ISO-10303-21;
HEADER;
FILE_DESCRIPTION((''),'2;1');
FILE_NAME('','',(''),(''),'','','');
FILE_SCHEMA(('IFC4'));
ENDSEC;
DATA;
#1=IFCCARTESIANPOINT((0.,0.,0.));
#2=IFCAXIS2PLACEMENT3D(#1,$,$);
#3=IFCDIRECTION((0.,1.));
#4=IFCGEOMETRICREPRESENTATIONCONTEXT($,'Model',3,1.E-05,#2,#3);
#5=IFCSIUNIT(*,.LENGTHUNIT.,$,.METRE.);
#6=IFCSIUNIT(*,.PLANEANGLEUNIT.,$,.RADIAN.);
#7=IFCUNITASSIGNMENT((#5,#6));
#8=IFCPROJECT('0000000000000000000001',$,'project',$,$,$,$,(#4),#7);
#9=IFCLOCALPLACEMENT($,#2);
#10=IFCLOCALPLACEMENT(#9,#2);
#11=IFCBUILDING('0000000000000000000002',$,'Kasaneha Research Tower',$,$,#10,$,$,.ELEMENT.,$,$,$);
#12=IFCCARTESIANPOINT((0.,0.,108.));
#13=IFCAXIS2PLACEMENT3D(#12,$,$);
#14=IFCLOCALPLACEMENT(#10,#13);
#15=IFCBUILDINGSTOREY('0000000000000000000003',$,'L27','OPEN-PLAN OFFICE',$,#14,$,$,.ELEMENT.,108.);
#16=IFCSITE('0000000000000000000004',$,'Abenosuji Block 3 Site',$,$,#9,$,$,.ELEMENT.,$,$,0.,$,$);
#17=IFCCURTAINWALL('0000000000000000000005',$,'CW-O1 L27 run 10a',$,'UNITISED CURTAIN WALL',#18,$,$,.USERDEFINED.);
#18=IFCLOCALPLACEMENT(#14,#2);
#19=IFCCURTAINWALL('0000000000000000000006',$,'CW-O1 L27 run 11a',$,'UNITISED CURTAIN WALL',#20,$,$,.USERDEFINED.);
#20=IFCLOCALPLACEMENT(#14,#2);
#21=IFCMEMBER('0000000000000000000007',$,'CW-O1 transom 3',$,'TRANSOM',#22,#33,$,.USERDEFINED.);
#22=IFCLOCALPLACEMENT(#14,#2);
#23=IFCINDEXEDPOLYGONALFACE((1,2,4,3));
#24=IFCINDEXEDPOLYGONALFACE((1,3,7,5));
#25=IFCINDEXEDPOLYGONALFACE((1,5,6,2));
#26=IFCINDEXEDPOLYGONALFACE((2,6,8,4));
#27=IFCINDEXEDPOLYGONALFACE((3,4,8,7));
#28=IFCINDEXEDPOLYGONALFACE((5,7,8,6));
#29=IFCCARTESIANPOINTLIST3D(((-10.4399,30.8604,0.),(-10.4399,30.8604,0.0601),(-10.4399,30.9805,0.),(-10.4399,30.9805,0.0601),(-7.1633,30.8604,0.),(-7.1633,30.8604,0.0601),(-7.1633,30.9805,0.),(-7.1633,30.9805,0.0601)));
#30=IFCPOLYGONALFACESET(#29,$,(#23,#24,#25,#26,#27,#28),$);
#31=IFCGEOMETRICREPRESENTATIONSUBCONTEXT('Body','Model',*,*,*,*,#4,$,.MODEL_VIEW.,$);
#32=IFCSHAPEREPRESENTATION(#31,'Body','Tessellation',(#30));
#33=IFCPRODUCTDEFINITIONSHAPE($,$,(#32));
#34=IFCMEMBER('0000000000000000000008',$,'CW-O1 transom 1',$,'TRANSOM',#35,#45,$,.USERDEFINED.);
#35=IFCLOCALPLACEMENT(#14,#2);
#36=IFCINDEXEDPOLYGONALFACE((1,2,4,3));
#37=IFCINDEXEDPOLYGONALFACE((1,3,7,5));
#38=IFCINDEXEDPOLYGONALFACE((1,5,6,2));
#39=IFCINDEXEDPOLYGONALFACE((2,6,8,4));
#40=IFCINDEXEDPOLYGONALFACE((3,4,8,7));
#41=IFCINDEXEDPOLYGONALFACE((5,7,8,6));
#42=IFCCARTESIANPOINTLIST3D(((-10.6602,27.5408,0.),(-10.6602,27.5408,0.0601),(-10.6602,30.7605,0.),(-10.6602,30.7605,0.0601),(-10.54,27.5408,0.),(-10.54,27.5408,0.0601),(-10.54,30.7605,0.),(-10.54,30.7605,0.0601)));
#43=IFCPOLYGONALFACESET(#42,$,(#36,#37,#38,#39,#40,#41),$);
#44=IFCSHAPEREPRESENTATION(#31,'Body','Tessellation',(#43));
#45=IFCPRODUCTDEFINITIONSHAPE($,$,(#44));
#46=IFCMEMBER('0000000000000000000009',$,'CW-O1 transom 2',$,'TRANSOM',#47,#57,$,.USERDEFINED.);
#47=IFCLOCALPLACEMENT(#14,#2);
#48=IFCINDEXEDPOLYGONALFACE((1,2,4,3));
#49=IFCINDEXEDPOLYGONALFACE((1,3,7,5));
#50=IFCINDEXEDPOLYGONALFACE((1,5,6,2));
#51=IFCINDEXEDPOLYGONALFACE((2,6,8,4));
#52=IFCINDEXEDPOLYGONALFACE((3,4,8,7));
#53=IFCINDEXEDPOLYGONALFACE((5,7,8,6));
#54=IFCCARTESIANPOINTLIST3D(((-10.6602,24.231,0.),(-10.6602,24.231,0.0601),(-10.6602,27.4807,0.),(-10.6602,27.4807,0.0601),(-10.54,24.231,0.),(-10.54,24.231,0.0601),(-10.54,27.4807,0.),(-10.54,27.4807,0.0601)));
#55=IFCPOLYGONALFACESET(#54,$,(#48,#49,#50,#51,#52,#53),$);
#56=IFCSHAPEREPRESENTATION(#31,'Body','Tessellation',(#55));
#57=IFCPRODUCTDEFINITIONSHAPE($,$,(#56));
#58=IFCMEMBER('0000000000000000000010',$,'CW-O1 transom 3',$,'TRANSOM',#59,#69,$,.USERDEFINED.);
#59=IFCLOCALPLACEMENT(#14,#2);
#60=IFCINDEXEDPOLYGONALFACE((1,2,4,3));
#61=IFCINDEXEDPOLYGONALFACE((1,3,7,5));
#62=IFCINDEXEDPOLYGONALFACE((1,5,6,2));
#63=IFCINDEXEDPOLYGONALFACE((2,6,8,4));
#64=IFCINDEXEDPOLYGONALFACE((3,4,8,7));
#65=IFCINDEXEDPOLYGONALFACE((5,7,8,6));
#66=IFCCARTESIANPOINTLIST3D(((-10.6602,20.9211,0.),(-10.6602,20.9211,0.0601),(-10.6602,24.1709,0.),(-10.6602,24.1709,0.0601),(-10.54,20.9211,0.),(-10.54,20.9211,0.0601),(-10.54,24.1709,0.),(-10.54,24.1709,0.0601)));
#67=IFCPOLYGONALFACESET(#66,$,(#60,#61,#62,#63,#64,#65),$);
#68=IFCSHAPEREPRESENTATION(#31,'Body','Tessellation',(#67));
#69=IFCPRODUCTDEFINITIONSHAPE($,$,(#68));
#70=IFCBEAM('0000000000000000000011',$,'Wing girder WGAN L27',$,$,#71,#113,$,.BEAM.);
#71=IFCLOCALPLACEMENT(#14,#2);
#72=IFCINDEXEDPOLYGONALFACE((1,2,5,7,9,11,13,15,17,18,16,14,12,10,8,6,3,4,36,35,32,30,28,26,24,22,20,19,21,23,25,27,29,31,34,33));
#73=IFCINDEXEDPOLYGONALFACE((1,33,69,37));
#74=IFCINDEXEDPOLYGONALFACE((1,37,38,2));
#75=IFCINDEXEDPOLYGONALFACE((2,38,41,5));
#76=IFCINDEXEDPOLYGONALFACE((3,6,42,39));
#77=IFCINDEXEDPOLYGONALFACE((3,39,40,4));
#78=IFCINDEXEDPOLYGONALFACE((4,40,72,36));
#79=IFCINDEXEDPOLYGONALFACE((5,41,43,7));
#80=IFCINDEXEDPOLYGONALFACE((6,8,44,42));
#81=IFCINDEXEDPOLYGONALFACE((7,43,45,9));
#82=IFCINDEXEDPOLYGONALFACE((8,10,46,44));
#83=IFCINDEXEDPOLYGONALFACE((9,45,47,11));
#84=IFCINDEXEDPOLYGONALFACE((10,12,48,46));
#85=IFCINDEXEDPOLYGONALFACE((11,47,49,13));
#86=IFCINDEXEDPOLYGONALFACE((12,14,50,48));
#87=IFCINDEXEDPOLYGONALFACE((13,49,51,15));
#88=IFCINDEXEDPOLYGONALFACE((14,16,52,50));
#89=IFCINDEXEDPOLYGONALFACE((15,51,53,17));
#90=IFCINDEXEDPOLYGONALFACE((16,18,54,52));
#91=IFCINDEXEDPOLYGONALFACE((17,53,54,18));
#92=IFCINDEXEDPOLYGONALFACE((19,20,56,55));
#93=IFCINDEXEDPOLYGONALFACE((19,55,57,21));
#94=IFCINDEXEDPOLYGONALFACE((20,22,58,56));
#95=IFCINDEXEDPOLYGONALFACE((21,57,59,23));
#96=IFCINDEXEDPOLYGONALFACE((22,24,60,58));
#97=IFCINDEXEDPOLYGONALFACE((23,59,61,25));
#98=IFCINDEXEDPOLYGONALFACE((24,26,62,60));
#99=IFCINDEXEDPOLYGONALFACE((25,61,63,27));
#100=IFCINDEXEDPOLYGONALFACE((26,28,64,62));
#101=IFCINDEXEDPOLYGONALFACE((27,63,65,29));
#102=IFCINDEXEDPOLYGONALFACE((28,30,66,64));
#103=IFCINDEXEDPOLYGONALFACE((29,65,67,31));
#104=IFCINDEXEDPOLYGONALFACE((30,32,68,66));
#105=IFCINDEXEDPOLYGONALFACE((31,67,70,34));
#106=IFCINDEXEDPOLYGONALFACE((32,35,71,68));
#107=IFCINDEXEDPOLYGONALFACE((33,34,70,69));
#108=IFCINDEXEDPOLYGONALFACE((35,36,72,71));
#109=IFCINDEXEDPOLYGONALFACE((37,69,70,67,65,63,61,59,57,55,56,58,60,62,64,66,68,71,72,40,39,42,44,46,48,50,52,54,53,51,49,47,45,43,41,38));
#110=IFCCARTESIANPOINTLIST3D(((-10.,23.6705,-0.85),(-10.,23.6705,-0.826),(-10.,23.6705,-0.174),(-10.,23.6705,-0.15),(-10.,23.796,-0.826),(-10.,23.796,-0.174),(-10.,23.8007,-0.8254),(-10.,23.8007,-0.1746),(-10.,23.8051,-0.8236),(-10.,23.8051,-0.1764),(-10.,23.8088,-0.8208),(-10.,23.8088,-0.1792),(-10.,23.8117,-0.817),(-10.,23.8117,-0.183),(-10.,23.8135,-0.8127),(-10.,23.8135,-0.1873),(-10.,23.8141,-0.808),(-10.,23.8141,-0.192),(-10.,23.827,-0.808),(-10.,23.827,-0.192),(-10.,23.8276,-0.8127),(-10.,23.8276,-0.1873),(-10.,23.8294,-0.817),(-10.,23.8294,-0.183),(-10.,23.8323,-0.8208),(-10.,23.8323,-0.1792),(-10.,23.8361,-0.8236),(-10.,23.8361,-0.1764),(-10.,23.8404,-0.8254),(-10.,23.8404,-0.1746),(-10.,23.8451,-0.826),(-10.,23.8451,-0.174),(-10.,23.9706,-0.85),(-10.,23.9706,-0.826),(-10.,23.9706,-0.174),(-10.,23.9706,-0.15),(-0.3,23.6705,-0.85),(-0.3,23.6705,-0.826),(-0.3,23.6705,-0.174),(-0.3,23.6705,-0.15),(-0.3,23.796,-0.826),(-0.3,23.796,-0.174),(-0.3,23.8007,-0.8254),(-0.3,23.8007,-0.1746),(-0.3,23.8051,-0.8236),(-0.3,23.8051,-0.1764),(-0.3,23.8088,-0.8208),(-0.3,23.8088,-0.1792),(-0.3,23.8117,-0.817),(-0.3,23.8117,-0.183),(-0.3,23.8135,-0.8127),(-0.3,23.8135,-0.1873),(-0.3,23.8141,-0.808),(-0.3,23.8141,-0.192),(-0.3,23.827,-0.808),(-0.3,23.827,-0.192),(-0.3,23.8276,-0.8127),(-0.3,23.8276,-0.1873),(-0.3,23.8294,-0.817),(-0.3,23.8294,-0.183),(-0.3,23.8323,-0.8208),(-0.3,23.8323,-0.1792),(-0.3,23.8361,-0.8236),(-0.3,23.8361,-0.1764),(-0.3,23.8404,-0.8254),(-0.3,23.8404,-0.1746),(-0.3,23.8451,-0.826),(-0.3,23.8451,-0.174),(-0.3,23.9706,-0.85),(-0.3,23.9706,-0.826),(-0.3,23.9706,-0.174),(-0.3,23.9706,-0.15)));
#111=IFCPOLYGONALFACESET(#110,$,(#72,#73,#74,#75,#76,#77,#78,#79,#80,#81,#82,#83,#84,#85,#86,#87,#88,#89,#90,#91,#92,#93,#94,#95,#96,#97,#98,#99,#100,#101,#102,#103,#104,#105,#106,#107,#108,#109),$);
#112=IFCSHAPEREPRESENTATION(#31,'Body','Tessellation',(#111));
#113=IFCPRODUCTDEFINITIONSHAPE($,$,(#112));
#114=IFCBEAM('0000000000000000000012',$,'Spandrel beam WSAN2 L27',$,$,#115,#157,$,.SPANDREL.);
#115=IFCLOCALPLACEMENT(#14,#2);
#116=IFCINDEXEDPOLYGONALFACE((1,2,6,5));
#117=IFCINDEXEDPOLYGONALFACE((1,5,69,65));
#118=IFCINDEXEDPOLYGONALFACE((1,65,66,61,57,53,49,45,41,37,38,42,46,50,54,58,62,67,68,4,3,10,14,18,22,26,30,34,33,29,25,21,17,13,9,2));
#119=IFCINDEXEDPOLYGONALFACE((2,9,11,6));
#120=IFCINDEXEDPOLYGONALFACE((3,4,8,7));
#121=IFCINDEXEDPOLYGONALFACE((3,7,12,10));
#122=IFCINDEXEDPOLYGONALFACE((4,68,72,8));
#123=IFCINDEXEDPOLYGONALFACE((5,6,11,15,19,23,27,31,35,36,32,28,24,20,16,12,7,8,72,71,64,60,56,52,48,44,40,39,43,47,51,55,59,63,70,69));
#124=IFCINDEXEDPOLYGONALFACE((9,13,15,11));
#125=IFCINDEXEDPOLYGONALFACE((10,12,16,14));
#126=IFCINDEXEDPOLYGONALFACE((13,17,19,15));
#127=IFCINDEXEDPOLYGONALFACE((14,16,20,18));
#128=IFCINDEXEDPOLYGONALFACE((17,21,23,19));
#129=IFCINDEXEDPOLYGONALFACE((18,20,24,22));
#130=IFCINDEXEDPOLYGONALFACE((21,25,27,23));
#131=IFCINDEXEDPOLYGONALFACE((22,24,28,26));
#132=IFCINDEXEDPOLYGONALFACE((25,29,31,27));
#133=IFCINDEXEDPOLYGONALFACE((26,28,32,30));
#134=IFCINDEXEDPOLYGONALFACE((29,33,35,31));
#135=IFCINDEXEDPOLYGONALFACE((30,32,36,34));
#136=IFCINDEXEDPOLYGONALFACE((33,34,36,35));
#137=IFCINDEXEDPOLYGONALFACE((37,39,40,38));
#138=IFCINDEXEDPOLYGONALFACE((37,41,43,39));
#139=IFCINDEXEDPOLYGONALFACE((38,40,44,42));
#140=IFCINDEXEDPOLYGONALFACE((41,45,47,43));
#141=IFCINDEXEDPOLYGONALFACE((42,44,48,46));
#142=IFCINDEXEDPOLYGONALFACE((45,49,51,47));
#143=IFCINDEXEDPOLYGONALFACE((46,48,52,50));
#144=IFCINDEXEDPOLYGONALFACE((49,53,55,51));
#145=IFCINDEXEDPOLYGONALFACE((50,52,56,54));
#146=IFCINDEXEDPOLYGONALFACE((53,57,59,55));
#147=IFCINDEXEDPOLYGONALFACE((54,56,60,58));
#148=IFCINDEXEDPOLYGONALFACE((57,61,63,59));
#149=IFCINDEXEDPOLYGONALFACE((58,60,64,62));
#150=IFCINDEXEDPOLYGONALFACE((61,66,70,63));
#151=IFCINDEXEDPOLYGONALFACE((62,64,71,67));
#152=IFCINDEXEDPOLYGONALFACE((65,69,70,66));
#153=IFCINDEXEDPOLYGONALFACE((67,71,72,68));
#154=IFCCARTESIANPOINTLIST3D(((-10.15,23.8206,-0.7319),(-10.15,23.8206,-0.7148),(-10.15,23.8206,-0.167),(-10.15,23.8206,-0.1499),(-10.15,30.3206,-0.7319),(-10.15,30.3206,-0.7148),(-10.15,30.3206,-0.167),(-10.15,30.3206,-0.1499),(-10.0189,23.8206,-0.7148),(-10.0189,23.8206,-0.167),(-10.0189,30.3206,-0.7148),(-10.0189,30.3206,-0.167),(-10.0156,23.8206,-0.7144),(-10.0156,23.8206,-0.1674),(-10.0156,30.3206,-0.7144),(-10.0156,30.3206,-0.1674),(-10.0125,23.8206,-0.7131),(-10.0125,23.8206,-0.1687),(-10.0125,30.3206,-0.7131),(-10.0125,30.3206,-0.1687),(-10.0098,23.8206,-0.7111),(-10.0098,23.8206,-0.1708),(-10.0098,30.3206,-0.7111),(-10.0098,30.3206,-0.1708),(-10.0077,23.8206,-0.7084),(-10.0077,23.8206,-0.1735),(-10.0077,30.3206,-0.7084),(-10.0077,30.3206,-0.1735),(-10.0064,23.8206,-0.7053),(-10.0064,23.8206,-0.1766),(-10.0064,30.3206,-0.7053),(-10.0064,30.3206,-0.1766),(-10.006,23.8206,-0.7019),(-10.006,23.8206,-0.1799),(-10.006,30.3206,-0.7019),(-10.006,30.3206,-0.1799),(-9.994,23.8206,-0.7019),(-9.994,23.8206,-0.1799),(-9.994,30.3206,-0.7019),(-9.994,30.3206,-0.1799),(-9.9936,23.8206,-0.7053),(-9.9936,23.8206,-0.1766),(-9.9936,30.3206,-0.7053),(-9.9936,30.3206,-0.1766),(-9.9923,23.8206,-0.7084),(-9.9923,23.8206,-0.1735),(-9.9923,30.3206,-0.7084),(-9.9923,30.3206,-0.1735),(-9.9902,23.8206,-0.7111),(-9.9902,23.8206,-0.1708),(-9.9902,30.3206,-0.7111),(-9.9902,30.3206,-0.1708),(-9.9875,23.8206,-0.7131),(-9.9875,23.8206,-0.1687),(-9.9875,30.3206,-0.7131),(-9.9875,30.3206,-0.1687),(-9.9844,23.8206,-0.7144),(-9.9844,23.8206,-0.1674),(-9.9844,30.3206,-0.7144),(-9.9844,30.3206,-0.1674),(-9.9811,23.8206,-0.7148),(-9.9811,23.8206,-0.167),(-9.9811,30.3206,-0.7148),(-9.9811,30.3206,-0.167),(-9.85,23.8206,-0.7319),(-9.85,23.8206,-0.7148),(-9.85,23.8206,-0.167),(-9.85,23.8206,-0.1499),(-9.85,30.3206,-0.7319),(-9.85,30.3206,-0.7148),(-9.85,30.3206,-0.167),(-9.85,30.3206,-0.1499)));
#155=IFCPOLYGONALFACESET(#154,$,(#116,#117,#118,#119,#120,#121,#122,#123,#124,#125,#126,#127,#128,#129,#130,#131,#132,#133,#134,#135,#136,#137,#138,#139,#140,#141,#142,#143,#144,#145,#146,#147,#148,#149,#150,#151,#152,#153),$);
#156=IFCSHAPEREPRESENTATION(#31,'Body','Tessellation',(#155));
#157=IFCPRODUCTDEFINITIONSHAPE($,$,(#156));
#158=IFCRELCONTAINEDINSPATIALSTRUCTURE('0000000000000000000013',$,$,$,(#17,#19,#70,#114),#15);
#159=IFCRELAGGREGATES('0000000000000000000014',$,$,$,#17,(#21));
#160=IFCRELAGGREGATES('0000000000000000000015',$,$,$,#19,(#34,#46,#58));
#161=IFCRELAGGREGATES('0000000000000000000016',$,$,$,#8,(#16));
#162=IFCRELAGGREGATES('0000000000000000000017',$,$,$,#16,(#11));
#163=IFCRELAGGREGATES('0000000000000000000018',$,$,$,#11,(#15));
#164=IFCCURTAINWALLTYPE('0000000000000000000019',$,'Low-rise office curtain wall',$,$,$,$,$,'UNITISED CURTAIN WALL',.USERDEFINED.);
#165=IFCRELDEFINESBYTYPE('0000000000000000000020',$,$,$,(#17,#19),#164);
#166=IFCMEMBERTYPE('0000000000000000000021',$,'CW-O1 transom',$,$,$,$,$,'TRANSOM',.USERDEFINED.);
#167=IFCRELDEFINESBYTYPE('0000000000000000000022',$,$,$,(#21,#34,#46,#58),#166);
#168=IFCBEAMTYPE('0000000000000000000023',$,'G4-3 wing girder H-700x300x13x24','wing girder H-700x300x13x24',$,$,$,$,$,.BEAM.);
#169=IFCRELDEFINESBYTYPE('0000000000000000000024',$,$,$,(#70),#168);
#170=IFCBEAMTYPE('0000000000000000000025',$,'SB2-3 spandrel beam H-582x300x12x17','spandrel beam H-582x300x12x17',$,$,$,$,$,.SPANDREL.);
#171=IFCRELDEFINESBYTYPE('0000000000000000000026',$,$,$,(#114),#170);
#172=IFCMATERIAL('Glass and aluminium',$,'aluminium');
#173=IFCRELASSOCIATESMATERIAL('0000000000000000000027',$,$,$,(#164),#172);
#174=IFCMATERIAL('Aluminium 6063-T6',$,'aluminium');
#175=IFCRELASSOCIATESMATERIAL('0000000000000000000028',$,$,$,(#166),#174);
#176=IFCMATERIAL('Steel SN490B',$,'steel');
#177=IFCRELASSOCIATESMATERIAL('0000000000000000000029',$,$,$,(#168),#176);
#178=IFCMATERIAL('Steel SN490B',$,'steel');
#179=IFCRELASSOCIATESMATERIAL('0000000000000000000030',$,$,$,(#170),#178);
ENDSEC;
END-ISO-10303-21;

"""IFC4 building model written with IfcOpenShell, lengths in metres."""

from ifc_helpers import new_model, si_unit, direction, frame, origin, origin_2d, place, context, subcontext, project, spatial, rectangle, i_section, extrude, material, material_profile, profile_set, type_object, element, aggregate, save


model = new_model("IFC4")

# Units and contexts
model_context = context("Model", 3, precision=1e-05, world=origin(), true_north=direction((0.0, 1.0)))
body_context = subcontext(model_context, "Body", "Model", "MODEL_VIEW")
ifc_project = project(units=[si_unit("LENGTHUNIT", "METRE"), si_unit("PLANEANGLEUNIT", "RADIAN")], contexts=[model_context])

# Site, building, storey
site_placement = place(None, origin())
site = spatial("IfcSite", under=ifc_project, at=site_placement, Name="Abenosuji Block 3 Site", CompositionType="ELEMENT", RefElevation=0.0)
building_placement = place(site_placement, origin())
building = spatial("IfcBuilding", under=site, at=building_placement, Name="Kasaneha Research Tower", CompositionType="ELEMENT")
storey_placement = place(building_placement, frame((0.0, 0.0, 108.0)))
storey = spatial("IfcBuildingStorey", under=building, at=storey_placement, Name="L27", Description="OPEN-PLAN OFFICE", CompositionType="ELEMENT", Elevation=108.0)

# Curtain walls
ifc_material_1 = material(Name="Glass and aluminium", Category="aluminium")
curtain_wall_type = type_object("IfcCurtainWallType", Name="Low-rise office curtain wall", ElementType="UNITISED CURTAIN WALL", PredefinedType="USERDEFINED", material=ifc_material_1)
curtain_wall_1_placement = place(storey_placement, origin())
curtain_wall_1 = element("IfcCurtainWall", 1, at=curtain_wall_1_placement, inside=storey, type_object=curtain_wall_type, Name="CW-O1 L27 run 10a", ObjectType="UNITISED CURTAIN WALL", PredefinedType="USERDEFINED")
curtain_wall_2_placement = place(storey_placement, origin())
curtain_wall_2 = element("IfcCurtainWall", 2, at=curtain_wall_2_placement, inside=storey, type_object=curtain_wall_type, Name="CW-O1 L27 run 11a", ObjectType="UNITISED CURTAIN WALL", PredefinedType="USERDEFINED")

# Members
ifc_material_2 = material(Name="Aluminium 6063-T6", Category="aluminium")
ifc_material_profile_1 = material_profile(ifc_material_2, rectangle(XDim=0.1201, YDim=0.0601, at=origin_2d()), Name="CW-O1 transom 120x60")
ifc_profile_set_1 = profile_set([ifc_material_profile_1], Name="Aluminium 6063-T6")
member_type_1 = type_object("IfcMemberType", Name="CW-O1 transom", ElementType="TRANSOM", PredefinedType="USERDEFINED", material=ifc_profile_set_1)
member_1_placement = place(storey_placement, frame((-7.1633, 30.9204, 0.03), z_axis=(-1.0, 0.0, 0.0), x_axis=(0.0, -1.0, 0.0)))
member_1 = element("IfcMember", 3, at=member_1_placement, type_object=member_type_1, Name="CW-O1 transom 3", ObjectType="TRANSOM", PredefinedType="USERDEFINED", context=body_context, shape_type="SweptSolid", body=[
    extrude(rectangle(XDim=0.1201, YDim=0.0601, at=origin_2d()), origin(), (0.0, 0.0, 1.0), 3.2766),
])
member_2_placement = place(storey_placement, frame((-10.6001, 30.7605, 0.03), z_axis=(0.0, -1.0, 0.0), x_axis=(1.0, 0.0, 0.0)))
member_2 = element("IfcMember", 4, at=member_2_placement, type_object=member_type_1, Name="CW-O1 transom 1", ObjectType="TRANSOM", PredefinedType="USERDEFINED", context=body_context, shape_type="SweptSolid", body=[
    extrude(rectangle(XDim=0.1201, YDim=0.0601, at=origin_2d()), origin(), (0.0, 0.0, 1.0), 3.2197),
])
member_3_placement = place(storey_placement, frame((-10.6001, 27.4807, 0.03), z_axis=(0.0, -1.0, 0.0), x_axis=(1.0, 0.0, 0.0)))
member_3 = element("IfcMember", 5, at=member_3_placement, type_object=member_type_1, Name="CW-O1 transom 2", ObjectType="TRANSOM", PredefinedType="USERDEFINED", context=body_context, shape_type="SweptSolid", body=[
    extrude(rectangle(XDim=0.1201, YDim=0.0601, at=origin_2d()), origin(), (0.0, 0.0, 1.0), 3.2498),
])
member_4_placement = place(storey_placement, frame((-10.6001, 24.1709, 0.03), z_axis=(0.0, -1.0, 0.0), x_axis=(1.0, 0.0, 0.0)))
member_4 = element("IfcMember", 6, at=member_4_placement, type_object=member_type_1, Name="CW-O1 transom 3", ObjectType="TRANSOM", PredefinedType="USERDEFINED", context=body_context, shape_type="SweptSolid", body=[
    extrude(rectangle(XDim=0.1201, YDim=0.0601, at=origin_2d()), origin(), (0.0, 0.0, 1.0), 3.2498),
])

# Beams
ifc_material_3 = material(Name="Steel SN490B", Category="steel")
ifc_material_profile_2 = material_profile(ifc_material_3, i_section(OverallWidth=0.3, OverallDepth=0.7, WebThickness=0.0129, FlangeThickness=0.0239, FilletRadius=0.0181, at=origin_2d()), Name="H-700x300x13x24")
ifc_profile_set_2 = profile_set([ifc_material_profile_2], Name="Steel SN490B")
beam_type_1 = type_object("IfcBeamType", Name="G4-3 wing girder H-700x300x13x24", Description="wing girder H-700x300x13x24", PredefinedType="BEAM", material=ifc_profile_set_2)
beam_1_placement = place(storey_placement, frame((-10.0, 23.8206, -0.5), z_axis=(1.0, 0.0, 0.0), x_axis=(0.0, 1.0, 0.0)))
element("IfcBeam", 7, at=beam_1_placement, inside=storey, type_object=beam_type_1, Name="Wing girder WGAN L27", PredefinedType="BEAM", context=body_context, shape_type="SweptSolid", body=[
    extrude(i_section(OverallWidth=0.3, OverallDepth=0.7, WebThickness=0.0129, FlangeThickness=0.0239, FilletRadius=0.0181, at=origin_2d()), origin(), (0.0, 0.0, 1.0), 9.7),
])
ifc_material_4 = material(Name="Steel SN490B", Category="steel")
ifc_material_profile_3 = material_profile(ifc_material_4, i_section(OverallWidth=0.3, OverallDepth=0.582, WebThickness=0.012, FlangeThickness=0.0171, FilletRadius=0.0129, at=origin_2d()), Name="H-582x300x12x17")
ifc_profile_set_3 = profile_set([ifc_material_profile_3], Name="Steel SN490B")
beam_type_2 = type_object("IfcBeamType", Name="SB2-3 spandrel beam H-582x300x12x17", Description="spandrel beam H-582x300x12x17", PredefinedType="SPANDREL", material=ifc_profile_set_3)
beam_2_placement = place(storey_placement, frame((-10.0, 23.8206, -0.4409), z_axis=(0.0, 1.0, 0.0), x_axis=(-1.0, 0.0, 0.0)))
element("IfcBeam", 8, at=beam_2_placement, inside=storey, type_object=beam_type_2, Name="Spandrel beam WSAN2 L27", PredefinedType="SPANDREL", context=body_context, shape_type="SweptSolid", body=[
    extrude(i_section(OverallWidth=0.3, OverallDepth=0.582, WebThickness=0.012, FlangeThickness=0.0171, FilletRadius=0.0129, at=origin_2d()), origin(), (0.0, 0.0, 1.0), 6.5),
])

aggregate(curtain_wall_1, [member_1])
aggregate(curtain_wall_2, [member_2, member_3, member_4])

save(model, "model.ifc")
